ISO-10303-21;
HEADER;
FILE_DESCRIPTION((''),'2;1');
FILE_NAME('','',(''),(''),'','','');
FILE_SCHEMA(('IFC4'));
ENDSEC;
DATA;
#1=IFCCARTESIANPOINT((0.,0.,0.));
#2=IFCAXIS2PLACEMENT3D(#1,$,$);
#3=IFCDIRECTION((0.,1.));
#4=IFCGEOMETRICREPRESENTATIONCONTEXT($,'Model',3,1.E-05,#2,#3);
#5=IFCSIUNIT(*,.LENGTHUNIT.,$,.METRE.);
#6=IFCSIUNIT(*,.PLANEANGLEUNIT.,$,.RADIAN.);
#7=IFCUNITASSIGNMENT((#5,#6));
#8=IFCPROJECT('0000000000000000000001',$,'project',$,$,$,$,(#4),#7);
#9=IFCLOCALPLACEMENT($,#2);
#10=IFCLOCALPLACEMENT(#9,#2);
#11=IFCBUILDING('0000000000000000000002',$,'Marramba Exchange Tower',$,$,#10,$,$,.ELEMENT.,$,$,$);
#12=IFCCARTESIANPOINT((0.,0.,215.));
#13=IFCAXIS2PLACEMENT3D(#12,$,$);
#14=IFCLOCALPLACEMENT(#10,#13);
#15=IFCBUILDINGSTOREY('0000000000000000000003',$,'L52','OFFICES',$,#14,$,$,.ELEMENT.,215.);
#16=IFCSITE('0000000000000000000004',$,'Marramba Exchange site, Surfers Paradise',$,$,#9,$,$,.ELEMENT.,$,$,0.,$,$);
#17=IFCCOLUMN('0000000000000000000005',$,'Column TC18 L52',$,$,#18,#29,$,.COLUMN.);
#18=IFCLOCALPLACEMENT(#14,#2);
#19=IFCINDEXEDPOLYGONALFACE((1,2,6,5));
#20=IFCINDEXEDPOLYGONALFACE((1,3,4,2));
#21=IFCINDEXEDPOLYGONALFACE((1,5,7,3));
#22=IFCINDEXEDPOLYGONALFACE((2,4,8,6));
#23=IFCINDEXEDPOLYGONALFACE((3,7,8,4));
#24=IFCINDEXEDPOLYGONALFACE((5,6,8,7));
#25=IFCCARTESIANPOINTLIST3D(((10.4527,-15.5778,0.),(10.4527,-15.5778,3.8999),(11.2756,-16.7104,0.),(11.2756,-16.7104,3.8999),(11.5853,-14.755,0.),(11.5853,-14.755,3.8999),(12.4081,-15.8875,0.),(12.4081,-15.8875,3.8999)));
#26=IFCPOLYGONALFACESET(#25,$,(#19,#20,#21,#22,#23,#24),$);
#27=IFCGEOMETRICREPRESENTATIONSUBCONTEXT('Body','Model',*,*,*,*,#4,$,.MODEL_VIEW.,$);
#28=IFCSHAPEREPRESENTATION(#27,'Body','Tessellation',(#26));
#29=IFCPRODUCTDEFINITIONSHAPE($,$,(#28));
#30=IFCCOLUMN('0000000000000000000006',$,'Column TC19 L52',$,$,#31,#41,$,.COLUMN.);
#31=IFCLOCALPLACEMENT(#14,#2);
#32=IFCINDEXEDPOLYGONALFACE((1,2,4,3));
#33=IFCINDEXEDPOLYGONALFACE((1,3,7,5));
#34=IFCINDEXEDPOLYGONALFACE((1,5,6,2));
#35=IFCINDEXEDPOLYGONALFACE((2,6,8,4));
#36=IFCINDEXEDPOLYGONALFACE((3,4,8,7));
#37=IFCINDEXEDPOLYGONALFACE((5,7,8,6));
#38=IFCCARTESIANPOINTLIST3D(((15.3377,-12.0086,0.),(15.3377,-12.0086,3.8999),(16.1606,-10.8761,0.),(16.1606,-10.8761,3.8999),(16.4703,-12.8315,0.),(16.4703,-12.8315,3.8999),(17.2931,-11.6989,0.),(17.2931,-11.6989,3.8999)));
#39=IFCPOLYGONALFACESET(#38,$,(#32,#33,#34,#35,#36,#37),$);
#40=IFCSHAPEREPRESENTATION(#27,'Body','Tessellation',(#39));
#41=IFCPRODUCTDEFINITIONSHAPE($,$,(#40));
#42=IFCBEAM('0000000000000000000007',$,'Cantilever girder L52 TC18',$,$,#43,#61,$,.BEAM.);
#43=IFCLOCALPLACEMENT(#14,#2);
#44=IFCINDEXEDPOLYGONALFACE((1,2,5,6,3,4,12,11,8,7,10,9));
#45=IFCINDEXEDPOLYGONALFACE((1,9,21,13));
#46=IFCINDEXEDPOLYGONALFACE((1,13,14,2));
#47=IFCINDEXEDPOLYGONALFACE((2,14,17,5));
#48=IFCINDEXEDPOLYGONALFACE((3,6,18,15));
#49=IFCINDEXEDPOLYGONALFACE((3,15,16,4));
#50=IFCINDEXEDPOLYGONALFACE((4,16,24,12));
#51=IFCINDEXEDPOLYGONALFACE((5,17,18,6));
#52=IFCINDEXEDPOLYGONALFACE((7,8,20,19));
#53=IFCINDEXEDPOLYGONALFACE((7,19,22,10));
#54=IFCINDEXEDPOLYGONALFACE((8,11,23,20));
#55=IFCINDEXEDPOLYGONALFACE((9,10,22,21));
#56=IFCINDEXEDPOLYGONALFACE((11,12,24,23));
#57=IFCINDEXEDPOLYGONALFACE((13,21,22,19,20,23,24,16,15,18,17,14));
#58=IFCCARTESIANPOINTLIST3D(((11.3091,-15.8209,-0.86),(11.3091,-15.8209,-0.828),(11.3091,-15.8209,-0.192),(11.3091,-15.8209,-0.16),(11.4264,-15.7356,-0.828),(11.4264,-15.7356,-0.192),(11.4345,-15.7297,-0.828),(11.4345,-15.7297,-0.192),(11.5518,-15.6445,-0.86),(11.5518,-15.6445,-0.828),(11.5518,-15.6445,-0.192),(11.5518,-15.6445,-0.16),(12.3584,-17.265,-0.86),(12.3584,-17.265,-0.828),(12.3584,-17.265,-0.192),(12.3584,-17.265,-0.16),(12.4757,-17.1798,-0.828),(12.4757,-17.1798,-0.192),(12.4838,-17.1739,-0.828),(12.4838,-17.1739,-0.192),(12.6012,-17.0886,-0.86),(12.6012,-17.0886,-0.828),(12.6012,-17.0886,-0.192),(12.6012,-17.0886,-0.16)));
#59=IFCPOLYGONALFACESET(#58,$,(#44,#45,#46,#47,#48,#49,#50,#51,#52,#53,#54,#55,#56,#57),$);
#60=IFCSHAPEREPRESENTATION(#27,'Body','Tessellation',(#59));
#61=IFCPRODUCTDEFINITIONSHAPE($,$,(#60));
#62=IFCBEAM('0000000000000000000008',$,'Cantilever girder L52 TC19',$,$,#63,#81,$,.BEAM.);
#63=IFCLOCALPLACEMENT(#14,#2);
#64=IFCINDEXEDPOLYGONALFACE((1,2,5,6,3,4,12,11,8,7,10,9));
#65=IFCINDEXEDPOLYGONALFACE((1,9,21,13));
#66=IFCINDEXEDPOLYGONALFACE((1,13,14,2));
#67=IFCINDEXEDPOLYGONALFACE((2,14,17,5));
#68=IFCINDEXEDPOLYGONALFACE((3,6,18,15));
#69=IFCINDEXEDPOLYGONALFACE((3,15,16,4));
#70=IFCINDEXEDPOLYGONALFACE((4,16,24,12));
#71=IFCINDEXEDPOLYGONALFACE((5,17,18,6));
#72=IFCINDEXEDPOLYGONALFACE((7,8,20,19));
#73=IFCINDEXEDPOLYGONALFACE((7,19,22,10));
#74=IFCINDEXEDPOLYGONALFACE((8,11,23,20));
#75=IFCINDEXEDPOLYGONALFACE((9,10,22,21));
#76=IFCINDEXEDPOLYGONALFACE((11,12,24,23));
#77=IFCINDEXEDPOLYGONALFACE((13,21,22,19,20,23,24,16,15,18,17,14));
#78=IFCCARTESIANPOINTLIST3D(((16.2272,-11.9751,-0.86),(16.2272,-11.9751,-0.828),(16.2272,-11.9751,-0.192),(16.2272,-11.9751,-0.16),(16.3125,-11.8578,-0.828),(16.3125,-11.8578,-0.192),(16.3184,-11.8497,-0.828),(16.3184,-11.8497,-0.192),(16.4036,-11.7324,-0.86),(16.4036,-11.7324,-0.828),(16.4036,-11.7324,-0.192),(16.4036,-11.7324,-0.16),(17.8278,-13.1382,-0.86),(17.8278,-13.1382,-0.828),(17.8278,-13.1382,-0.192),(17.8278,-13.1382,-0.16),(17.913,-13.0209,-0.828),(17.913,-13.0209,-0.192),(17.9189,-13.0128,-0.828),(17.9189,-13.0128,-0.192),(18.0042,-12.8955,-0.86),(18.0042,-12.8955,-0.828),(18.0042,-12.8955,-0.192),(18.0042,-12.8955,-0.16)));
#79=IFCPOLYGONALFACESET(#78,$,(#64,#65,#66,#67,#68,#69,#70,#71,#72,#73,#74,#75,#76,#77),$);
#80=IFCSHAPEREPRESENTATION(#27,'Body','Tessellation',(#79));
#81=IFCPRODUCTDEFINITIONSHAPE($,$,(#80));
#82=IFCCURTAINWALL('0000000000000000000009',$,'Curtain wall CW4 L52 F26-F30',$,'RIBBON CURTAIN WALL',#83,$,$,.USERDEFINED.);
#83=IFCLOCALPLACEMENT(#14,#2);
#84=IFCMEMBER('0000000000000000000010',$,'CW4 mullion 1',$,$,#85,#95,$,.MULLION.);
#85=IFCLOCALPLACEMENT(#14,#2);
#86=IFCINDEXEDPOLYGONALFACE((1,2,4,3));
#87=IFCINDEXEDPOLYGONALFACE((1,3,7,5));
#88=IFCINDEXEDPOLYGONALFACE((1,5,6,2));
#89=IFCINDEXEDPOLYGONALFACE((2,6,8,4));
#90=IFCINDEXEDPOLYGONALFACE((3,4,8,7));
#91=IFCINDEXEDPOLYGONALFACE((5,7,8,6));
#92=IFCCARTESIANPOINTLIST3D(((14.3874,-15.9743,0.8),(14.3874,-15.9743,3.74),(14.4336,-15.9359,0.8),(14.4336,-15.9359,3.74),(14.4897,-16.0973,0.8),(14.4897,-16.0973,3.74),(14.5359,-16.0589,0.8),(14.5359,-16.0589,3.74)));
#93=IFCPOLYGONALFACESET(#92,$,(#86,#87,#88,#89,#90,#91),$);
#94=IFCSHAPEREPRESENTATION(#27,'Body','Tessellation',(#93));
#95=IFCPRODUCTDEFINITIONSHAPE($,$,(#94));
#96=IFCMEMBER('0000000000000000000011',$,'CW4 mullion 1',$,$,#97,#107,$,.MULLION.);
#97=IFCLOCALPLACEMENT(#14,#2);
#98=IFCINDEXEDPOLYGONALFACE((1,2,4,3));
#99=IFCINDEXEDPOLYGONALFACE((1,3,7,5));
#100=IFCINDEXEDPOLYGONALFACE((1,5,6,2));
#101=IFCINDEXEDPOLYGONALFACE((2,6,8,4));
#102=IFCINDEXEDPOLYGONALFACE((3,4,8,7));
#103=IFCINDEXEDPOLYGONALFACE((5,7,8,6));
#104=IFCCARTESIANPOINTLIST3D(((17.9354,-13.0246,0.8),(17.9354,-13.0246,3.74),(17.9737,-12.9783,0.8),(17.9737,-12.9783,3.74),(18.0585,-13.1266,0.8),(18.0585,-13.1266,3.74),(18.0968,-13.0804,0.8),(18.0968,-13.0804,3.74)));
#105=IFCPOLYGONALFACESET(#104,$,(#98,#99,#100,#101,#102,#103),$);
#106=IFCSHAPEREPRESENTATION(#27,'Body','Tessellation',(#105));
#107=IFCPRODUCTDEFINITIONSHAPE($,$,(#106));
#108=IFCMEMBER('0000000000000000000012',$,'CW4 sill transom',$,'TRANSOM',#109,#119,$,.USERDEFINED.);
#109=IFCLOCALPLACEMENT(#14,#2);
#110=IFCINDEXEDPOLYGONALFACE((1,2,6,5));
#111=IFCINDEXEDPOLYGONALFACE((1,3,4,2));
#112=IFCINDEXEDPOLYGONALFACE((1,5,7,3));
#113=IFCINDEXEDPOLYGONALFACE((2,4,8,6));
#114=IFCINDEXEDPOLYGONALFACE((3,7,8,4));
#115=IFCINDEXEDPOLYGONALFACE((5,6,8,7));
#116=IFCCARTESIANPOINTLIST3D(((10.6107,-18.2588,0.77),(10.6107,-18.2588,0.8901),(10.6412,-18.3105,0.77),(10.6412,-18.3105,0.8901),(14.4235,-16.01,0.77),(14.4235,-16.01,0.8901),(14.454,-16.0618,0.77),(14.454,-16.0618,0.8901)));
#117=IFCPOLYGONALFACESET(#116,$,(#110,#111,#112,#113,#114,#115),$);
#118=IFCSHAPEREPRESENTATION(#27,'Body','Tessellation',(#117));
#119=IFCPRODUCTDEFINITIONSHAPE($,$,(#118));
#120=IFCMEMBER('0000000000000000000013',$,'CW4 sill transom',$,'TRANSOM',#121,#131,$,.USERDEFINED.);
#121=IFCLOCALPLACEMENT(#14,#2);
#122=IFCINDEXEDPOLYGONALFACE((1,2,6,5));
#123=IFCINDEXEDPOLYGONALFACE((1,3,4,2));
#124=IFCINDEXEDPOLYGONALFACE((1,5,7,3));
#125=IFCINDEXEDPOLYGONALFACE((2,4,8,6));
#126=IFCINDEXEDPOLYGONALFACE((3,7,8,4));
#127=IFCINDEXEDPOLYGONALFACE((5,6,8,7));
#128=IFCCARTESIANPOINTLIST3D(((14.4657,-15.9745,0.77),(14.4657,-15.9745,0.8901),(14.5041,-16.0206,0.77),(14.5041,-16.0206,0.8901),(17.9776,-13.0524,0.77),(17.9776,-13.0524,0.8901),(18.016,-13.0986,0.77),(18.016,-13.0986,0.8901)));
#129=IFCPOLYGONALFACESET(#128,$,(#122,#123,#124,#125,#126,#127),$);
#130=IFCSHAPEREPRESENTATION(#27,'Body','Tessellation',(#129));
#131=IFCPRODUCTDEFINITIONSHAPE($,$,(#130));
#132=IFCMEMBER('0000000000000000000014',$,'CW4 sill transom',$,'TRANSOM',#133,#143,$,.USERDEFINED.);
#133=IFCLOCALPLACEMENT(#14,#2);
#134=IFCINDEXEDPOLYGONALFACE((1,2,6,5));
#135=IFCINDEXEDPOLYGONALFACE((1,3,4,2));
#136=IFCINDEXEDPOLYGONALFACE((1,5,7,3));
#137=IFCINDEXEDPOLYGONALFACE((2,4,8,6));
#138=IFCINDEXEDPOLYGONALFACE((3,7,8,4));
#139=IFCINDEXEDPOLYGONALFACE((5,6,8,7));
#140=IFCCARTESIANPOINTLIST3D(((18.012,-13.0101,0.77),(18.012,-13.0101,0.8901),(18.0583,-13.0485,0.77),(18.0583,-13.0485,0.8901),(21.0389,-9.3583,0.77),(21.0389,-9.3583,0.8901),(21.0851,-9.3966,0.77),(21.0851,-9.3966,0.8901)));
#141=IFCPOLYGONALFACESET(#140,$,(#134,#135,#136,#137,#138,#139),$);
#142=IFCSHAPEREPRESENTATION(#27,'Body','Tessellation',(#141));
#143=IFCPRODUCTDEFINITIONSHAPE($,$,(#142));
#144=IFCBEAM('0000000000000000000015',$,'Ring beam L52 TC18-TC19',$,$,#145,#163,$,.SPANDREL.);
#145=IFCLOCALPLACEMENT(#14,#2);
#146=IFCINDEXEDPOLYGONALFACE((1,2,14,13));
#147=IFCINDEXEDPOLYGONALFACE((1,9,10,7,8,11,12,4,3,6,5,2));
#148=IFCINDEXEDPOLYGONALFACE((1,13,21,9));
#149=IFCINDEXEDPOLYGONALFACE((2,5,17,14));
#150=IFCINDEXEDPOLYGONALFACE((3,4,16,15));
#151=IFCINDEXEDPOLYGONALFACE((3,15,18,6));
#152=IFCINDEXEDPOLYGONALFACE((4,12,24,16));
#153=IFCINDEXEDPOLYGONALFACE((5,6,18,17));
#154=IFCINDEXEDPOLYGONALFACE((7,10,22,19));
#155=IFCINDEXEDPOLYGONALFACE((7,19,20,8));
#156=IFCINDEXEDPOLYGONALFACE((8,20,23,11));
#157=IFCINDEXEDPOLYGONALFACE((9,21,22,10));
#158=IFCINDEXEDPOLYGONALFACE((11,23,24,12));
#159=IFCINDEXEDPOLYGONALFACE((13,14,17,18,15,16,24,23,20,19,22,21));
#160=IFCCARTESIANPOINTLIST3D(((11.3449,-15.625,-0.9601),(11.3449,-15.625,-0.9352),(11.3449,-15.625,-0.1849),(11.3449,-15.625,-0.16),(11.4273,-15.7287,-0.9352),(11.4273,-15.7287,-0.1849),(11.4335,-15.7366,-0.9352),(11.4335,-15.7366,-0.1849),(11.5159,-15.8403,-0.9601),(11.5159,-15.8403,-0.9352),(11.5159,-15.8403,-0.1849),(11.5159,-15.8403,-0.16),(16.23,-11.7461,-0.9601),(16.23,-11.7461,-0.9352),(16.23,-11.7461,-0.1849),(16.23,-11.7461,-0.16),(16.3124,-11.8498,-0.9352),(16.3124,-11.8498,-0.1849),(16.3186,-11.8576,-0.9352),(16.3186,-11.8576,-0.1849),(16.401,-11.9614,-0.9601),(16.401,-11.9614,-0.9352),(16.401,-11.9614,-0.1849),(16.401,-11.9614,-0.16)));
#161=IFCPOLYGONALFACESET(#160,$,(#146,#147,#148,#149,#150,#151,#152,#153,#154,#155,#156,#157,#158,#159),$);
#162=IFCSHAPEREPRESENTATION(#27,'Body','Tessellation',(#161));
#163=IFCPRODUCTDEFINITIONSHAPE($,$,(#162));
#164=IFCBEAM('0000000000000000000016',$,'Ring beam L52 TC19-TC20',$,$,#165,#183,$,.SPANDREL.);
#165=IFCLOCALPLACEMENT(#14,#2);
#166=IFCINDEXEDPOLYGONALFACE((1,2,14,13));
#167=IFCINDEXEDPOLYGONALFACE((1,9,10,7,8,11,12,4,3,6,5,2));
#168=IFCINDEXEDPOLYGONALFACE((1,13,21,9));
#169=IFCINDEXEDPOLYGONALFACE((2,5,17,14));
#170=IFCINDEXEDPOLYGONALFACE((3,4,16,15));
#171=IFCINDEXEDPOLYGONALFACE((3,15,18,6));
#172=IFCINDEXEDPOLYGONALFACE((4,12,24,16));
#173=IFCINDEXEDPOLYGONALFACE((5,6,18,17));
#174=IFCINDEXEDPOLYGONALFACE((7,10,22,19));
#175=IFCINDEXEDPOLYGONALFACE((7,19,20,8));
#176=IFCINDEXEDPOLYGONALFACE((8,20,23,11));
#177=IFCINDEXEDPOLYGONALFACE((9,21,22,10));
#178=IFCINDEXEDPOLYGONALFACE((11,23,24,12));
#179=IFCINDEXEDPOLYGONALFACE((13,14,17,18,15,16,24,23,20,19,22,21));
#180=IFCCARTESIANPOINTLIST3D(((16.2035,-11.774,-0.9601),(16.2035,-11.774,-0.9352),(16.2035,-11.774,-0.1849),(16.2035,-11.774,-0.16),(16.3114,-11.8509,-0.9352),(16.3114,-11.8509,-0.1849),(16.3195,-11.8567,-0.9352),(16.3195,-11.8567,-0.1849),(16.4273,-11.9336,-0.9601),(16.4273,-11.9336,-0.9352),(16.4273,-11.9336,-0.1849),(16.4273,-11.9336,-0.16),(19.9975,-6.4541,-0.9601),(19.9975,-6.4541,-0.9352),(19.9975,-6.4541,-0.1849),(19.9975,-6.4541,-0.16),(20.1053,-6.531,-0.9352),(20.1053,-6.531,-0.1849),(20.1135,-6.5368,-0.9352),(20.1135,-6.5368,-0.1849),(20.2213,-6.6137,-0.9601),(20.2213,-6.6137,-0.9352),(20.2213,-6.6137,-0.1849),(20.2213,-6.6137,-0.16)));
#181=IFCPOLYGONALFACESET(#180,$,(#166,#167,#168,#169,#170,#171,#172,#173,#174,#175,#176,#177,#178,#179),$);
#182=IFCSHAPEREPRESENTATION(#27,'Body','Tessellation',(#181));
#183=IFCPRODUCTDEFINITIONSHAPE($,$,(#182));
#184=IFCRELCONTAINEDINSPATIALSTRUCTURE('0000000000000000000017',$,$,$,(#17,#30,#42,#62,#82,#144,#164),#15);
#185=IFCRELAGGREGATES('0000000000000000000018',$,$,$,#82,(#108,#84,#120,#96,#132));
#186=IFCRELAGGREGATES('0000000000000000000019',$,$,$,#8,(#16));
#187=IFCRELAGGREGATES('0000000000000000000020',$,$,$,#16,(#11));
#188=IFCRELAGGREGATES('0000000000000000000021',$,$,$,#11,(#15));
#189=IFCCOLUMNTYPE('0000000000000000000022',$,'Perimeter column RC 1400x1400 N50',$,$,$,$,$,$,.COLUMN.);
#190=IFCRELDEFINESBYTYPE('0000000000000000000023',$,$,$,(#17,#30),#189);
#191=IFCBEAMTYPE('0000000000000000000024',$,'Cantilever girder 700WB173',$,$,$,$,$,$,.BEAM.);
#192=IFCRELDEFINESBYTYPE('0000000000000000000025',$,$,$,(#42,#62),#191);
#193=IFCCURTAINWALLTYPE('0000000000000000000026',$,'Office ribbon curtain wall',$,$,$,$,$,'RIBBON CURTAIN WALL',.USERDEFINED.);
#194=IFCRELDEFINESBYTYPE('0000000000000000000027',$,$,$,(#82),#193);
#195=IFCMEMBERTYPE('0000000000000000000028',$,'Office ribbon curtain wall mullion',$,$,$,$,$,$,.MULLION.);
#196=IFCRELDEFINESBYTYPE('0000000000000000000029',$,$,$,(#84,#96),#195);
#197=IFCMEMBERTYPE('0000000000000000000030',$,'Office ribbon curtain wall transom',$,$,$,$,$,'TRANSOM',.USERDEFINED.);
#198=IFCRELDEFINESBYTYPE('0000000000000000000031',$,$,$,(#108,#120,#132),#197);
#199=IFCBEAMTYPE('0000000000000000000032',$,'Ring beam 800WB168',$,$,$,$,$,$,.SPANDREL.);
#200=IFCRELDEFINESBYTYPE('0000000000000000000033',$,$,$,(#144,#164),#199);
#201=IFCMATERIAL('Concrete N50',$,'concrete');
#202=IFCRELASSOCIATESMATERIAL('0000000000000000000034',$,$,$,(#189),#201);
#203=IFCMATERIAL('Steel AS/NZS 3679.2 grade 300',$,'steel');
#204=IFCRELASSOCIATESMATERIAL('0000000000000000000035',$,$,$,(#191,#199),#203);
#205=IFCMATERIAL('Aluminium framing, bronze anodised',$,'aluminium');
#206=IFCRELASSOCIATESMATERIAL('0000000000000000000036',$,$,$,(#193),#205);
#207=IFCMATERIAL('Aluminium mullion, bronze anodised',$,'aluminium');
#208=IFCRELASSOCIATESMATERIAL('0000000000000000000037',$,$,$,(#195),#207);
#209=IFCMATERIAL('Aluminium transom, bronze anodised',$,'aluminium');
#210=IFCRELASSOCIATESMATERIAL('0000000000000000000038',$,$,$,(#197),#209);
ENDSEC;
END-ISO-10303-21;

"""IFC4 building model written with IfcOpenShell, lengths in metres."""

from ifc_helpers import new_model, si_unit, direction, frame, origin, origin_2d, place, context, subcontext, project, spatial, rectangle, i_section, extrude, material, material_profile, profile_set, type_object, element, aggregate, save


model = new_model("IFC4")

# Units and contexts
model_context = context("Model", 3, precision=1e-05, world=origin(), true_north=direction((0.0, 1.0)))
body_context = subcontext(model_context, "Body", "Model", "MODEL_VIEW")
ifc_project = project(units=[si_unit("LENGTHUNIT", "METRE"), si_unit("PLANEANGLEUNIT", "RADIAN")], contexts=[model_context])

# Site, building, storey
site_placement = place(None, origin())
site = spatial("IfcSite", under=ifc_project, at=site_placement, Name="Marramba Exchange site, Surfers Paradise", CompositionType="ELEMENT", RefElevation=0.0)
building_placement = place(site_placement, origin())
building = spatial("IfcBuilding", under=site, at=building_placement, Name="Marramba Exchange Tower", CompositionType="ELEMENT")
storey_placement = place(building_placement, frame((0.0, 0.0, 215.0)))
storey = spatial("IfcBuildingStorey", under=building, at=storey_placement, Name="L52", Description="OFFICES", CompositionType="ELEMENT", Elevation=215.0)

# Columns
ifc_material_1 = material(Name="Concrete N50", Category="concrete")
ifc_material_profile_1 = material_profile(ifc_material_1, rectangle(XDim=1.3999, YDim=1.3999, at=origin_2d()), Name="RC 1400x1400")
ifc_profile_set_1 = profile_set([ifc_material_profile_1], Name="Concrete N50")
column_type = type_object("IfcColumnType", Name="Perimeter column RC 1400x1400 N50", PredefinedType="COLUMN", material=ifc_profile_set_1)
for number, where, z_axis, x_axis, name in (
    (1, (11.4304, -15.7327, 0.0), (0.0, 0.0, 1.0), (0.587785, -0.809017, 0.0), "Column TC18 L52"),
    (2, (16.3154, -11.8538, 0.0), (0.0, 0.0, 1.0), (0.809017, -0.587785, 0.0), "Column TC19 L52"),
):
    element("IfcColumn", number, at=place(storey_placement, frame(where, z_axis=z_axis, x_axis=x_axis)), inside=storey, type_object=column_type, Name=name, PredefinedType="COLUMN", context=body_context, shape_type="SweptSolid", body=[
        extrude(rectangle(XDim=1.3999, YDim=1.3999, at=origin_2d()), origin(), (0.0, 0.0, 1.0), 3.8999),
    ])

# Beams
ifc_material_2 = material(Name="Steel AS/NZS 3679.2 grade 300", Category="steel")
ifc_material_profile_2 = material_profile(ifc_material_2, i_section(OverallWidth=0.3, OverallDepth=0.7, WebThickness=0.01, FlangeThickness=0.032, at=origin_2d()), Name="700WB173")
ifc_profile_set_2 = profile_set([ifc_material_profile_2], Name="Steel AS/NZS 3679.2 grade 300")
beam_type_1 = type_object("IfcBeamType", Name="Cantilever girder 700WB173", PredefinedType="BEAM", material=ifc_profile_set_2)
beam_1_placement = place(storey_placement, frame((11.4304, -15.7327, -0.51), z_axis=(0.58783, -0.808984, 0.0), x_axis=(0.808984, 0.58783, 0.0)))
element("IfcBeam", 3, at=beam_1_placement, inside=storey, type_object=beam_type_1, Name="Cantilever girder L52 TC18", PredefinedType="BEAM", context=body_context, shape_type="SweptSolid", body=[
    extrude(i_section(OverallWidth=0.3, OverallDepth=0.7, WebThickness=0.01, FlangeThickness=0.032, at=origin_2d()), origin(), (0.0, 0.0, 1.0), 1.7852),
])
beam_2_placement = place(storey_placement, frame((16.3154, -11.8538, -0.51), z_axis=(0.808971, -0.587849, 0.0), x_axis=(0.587849, 0.808971, 0.0)))
element("IfcBeam", 4, at=beam_2_placement, inside=storey, type_object=beam_type_1, Name="Cantilever girder L52 TC19", PredefinedType="BEAM", context=body_context, shape_type="SweptSolid", body=[
    extrude(i_section(OverallWidth=0.3, OverallDepth=0.7, WebThickness=0.01, FlangeThickness=0.032, at=origin_2d()), origin(), (0.0, 0.0, 1.0), 1.9785),
])

# Curtain wall, members
ifc_material_3 = material(Name="Aluminium framing, bronze anodised", Category="aluminium")
curtain_wall_type = type_object("IfcCurtainWallType", Name="Office ribbon curtain wall", ElementType="RIBBON CURTAIN WALL", PredefinedType="USERDEFINED", material=ifc_material_3)
curtain_wall_placement = place(storey_placement, origin())
curtain_wall = element("IfcCurtainWall", 5, at=curtain_wall_placement, inside=storey, type_object=curtain_wall_type, Name="Curtain wall CW4 L52 F26-F30", ObjectType="RIBBON CURTAIN WALL", PredefinedType="USERDEFINED")
ifc_material_4 = material(Name="Aluminium mullion, bronze anodised", Category="aluminium")
ifc_material_profile_3 = material_profile(ifc_material_4, rectangle(XDim=0.1599, YDim=0.0601, at=origin_2d()), Name="CW4 mullion 60x160")
ifc_profile_set_3 = profile_set([ifc_material_profile_3], Name="Aluminium mullion, bronze anodised")
member_type_1 = type_object("IfcMemberType", Name="Office ribbon curtain wall mullion", PredefinedType="MULLION", material=ifc_profile_set_3)
member_1_placement = place(storey_placement, frame((14.4617, -16.0166, 0.8), z_axis=(0.0, 0.0, 1.0), x_axis=(-0.639565, 0.768737, 0.0)))
member_1 = element("IfcMember", 6, at=member_1_placement, type_object=member_type_1, Name="CW4 mullion 1", PredefinedType="MULLION", context=body_context, shape_type="SweptSolid", body=[
    extrude(rectangle(XDim=0.1599, YDim=0.0601, at=origin_2d()), origin(), (0.0, 0.0, 1.0), 2.9399),
])
member_2_placement = place(storey_placement, frame((18.0161, -13.0525, 0.8), z_axis=(0.0, 0.0, 1.0), x_axis=(-0.769912, 0.63815, 0.0)))
member_2 = element("IfcMember", 7, at=member_2_placement, type_object=member_type_1, Name="CW4 mullion 1", PredefinedType="MULLION", context=body_context, shape_type="SweptSolid", body=[
    extrude(rectangle(XDim=0.1599, YDim=0.0601, at=origin_2d()), origin(), (0.0, 0.0, 1.0), 2.9399),
])
ifc_material_5 = material(Name="Aluminium transom, bronze anodised", Category="aluminium")
ifc_material_profile_4 = material_profile(ifc_material_5, rectangle(XDim=0.0601, YDim=0.1201, at=origin_2d()), Name="CW4 transom 60x120")
ifc_profile_set_4 = profile_set([ifc_material_profile_4], Name="Aluminium transom, bronze anodised")
member_type_2 = type_object("IfcMemberType", Name="Office ribbon curtain wall transom", ElementType="TRANSOM", PredefinedType="USERDEFINED", material=ifc_profile_set_4)
member_3_placement = place(storey_placement, frame((10.626, -18.2847, 0.8301), z_axis=(0.861342, 0.508025, 0.0), x_axis=(-0.508025, 0.861342, 0.0)))
member_3 = element("IfcMember", 8, at=member_3_placement, type_object=member_type_2, Name="CW4 sill transom", ObjectType="TRANSOM", PredefinedType="USERDEFINED", context=body_context, shape_type="SweptSolid", body=[
    extrude(rectangle(XDim=0.0601, YDim=0.1201, at=origin_2d()), origin(), (0.0, 0.0, 1.0), 4.4265),
])
member_4_placement = place(storey_placement, frame((14.4849, -15.9976, 0.8301), z_axis=(0.768707, 0.639601, 0.0), x_axis=(-0.639601, 0.768707, 0.0)))
member_4 = element("IfcMember", 9, at=member_4_placement, type_object=member_type_2, Name="CW4 sill transom", ObjectType="TRANSOM", PredefinedType="USERDEFINED", context=body_context, shape_type="SweptSolid", body=[
    extrude(rectangle(XDim=0.0601, YDim=0.1201, at=origin_2d()), origin(), (0.0, 0.0, 1.0), 4.5686),
])
member_5_placement = place(storey_placement, frame((18.0352, -13.0293, 0.8301), z_axis=(0.638147, 0.769915, 0.0), x_axis=(-0.769915, 0.638147, 0.0)))
member_5 = element("IfcMember", 10, at=member_5_placement, type_object=member_type_2, Name="CW4 sill transom", ObjectType="TRANSOM", PredefinedType="USERDEFINED", context=body_context, shape_type="SweptSolid", body=[
    extrude(rectangle(XDim=0.0601, YDim=0.1201, at=origin_2d()), origin(), (0.0, 0.0, 1.0), 4.7432),
])

# Beams
ifc_material_profile_5 = material_profile(ifc_material_2, i_section(OverallWidth=0.2749, OverallDepth=0.8, WebThickness=0.01, FlangeThickness=0.0249, at=origin_2d()), Name="800WB168")
ifc_profile_set_5 = profile_set([ifc_material_profile_5], Name="Steel AS/NZS 3679.2 grade 300")
beam_type_2 = type_object("IfcBeamType", Name="Ring beam 800WB168", PredefinedType="SPANDREL", material=ifc_profile_set_5)
beam_3_placement = place(storey_placement, frame((11.4304, -15.7327, -0.5601), z_axis=(0.783139, 0.621846, 0.0), x_axis=(-0.621846, 0.783139, 0.0)))
element("IfcBeam", 11, at=beam_3_placement, inside=storey, type_object=beam_type_2, Name="Ring beam L52 TC18-TC19", PredefinedType="SPANDREL", context=body_context, shape_type="SweptSolid", body=[
    extrude(i_section(OverallWidth=0.2749, OverallDepth=0.8, WebThickness=0.01, FlangeThickness=0.0249, at=origin_2d()), origin(), (0.0, 0.0, 1.0), 6.2378),
])
beam_4_placement = place(storey_placement, frame((16.3154, -11.8538, -0.5601), z_axis=(0.580637, 0.814162, 0.0), x_axis=(-0.814162, 0.580637, 0.0)))
element("IfcBeam", 12, at=beam_4_placement, inside=storey, type_object=beam_type_2, Name="Ring beam L52 TC19-TC20", PredefinedType="SPANDREL", context=body_context, shape_type="SweptSolid", body=[
    extrude(i_section(OverallWidth=0.2749, OverallDepth=0.8, WebThickness=0.01, FlangeThickness=0.0249, at=origin_2d()), origin(), (0.0, 0.0, 1.0), 6.5342),
])

aggregate(curtain_wall, [member_3, member_1, member_4, member_2, member_5])

save(model, "model.ifc")
